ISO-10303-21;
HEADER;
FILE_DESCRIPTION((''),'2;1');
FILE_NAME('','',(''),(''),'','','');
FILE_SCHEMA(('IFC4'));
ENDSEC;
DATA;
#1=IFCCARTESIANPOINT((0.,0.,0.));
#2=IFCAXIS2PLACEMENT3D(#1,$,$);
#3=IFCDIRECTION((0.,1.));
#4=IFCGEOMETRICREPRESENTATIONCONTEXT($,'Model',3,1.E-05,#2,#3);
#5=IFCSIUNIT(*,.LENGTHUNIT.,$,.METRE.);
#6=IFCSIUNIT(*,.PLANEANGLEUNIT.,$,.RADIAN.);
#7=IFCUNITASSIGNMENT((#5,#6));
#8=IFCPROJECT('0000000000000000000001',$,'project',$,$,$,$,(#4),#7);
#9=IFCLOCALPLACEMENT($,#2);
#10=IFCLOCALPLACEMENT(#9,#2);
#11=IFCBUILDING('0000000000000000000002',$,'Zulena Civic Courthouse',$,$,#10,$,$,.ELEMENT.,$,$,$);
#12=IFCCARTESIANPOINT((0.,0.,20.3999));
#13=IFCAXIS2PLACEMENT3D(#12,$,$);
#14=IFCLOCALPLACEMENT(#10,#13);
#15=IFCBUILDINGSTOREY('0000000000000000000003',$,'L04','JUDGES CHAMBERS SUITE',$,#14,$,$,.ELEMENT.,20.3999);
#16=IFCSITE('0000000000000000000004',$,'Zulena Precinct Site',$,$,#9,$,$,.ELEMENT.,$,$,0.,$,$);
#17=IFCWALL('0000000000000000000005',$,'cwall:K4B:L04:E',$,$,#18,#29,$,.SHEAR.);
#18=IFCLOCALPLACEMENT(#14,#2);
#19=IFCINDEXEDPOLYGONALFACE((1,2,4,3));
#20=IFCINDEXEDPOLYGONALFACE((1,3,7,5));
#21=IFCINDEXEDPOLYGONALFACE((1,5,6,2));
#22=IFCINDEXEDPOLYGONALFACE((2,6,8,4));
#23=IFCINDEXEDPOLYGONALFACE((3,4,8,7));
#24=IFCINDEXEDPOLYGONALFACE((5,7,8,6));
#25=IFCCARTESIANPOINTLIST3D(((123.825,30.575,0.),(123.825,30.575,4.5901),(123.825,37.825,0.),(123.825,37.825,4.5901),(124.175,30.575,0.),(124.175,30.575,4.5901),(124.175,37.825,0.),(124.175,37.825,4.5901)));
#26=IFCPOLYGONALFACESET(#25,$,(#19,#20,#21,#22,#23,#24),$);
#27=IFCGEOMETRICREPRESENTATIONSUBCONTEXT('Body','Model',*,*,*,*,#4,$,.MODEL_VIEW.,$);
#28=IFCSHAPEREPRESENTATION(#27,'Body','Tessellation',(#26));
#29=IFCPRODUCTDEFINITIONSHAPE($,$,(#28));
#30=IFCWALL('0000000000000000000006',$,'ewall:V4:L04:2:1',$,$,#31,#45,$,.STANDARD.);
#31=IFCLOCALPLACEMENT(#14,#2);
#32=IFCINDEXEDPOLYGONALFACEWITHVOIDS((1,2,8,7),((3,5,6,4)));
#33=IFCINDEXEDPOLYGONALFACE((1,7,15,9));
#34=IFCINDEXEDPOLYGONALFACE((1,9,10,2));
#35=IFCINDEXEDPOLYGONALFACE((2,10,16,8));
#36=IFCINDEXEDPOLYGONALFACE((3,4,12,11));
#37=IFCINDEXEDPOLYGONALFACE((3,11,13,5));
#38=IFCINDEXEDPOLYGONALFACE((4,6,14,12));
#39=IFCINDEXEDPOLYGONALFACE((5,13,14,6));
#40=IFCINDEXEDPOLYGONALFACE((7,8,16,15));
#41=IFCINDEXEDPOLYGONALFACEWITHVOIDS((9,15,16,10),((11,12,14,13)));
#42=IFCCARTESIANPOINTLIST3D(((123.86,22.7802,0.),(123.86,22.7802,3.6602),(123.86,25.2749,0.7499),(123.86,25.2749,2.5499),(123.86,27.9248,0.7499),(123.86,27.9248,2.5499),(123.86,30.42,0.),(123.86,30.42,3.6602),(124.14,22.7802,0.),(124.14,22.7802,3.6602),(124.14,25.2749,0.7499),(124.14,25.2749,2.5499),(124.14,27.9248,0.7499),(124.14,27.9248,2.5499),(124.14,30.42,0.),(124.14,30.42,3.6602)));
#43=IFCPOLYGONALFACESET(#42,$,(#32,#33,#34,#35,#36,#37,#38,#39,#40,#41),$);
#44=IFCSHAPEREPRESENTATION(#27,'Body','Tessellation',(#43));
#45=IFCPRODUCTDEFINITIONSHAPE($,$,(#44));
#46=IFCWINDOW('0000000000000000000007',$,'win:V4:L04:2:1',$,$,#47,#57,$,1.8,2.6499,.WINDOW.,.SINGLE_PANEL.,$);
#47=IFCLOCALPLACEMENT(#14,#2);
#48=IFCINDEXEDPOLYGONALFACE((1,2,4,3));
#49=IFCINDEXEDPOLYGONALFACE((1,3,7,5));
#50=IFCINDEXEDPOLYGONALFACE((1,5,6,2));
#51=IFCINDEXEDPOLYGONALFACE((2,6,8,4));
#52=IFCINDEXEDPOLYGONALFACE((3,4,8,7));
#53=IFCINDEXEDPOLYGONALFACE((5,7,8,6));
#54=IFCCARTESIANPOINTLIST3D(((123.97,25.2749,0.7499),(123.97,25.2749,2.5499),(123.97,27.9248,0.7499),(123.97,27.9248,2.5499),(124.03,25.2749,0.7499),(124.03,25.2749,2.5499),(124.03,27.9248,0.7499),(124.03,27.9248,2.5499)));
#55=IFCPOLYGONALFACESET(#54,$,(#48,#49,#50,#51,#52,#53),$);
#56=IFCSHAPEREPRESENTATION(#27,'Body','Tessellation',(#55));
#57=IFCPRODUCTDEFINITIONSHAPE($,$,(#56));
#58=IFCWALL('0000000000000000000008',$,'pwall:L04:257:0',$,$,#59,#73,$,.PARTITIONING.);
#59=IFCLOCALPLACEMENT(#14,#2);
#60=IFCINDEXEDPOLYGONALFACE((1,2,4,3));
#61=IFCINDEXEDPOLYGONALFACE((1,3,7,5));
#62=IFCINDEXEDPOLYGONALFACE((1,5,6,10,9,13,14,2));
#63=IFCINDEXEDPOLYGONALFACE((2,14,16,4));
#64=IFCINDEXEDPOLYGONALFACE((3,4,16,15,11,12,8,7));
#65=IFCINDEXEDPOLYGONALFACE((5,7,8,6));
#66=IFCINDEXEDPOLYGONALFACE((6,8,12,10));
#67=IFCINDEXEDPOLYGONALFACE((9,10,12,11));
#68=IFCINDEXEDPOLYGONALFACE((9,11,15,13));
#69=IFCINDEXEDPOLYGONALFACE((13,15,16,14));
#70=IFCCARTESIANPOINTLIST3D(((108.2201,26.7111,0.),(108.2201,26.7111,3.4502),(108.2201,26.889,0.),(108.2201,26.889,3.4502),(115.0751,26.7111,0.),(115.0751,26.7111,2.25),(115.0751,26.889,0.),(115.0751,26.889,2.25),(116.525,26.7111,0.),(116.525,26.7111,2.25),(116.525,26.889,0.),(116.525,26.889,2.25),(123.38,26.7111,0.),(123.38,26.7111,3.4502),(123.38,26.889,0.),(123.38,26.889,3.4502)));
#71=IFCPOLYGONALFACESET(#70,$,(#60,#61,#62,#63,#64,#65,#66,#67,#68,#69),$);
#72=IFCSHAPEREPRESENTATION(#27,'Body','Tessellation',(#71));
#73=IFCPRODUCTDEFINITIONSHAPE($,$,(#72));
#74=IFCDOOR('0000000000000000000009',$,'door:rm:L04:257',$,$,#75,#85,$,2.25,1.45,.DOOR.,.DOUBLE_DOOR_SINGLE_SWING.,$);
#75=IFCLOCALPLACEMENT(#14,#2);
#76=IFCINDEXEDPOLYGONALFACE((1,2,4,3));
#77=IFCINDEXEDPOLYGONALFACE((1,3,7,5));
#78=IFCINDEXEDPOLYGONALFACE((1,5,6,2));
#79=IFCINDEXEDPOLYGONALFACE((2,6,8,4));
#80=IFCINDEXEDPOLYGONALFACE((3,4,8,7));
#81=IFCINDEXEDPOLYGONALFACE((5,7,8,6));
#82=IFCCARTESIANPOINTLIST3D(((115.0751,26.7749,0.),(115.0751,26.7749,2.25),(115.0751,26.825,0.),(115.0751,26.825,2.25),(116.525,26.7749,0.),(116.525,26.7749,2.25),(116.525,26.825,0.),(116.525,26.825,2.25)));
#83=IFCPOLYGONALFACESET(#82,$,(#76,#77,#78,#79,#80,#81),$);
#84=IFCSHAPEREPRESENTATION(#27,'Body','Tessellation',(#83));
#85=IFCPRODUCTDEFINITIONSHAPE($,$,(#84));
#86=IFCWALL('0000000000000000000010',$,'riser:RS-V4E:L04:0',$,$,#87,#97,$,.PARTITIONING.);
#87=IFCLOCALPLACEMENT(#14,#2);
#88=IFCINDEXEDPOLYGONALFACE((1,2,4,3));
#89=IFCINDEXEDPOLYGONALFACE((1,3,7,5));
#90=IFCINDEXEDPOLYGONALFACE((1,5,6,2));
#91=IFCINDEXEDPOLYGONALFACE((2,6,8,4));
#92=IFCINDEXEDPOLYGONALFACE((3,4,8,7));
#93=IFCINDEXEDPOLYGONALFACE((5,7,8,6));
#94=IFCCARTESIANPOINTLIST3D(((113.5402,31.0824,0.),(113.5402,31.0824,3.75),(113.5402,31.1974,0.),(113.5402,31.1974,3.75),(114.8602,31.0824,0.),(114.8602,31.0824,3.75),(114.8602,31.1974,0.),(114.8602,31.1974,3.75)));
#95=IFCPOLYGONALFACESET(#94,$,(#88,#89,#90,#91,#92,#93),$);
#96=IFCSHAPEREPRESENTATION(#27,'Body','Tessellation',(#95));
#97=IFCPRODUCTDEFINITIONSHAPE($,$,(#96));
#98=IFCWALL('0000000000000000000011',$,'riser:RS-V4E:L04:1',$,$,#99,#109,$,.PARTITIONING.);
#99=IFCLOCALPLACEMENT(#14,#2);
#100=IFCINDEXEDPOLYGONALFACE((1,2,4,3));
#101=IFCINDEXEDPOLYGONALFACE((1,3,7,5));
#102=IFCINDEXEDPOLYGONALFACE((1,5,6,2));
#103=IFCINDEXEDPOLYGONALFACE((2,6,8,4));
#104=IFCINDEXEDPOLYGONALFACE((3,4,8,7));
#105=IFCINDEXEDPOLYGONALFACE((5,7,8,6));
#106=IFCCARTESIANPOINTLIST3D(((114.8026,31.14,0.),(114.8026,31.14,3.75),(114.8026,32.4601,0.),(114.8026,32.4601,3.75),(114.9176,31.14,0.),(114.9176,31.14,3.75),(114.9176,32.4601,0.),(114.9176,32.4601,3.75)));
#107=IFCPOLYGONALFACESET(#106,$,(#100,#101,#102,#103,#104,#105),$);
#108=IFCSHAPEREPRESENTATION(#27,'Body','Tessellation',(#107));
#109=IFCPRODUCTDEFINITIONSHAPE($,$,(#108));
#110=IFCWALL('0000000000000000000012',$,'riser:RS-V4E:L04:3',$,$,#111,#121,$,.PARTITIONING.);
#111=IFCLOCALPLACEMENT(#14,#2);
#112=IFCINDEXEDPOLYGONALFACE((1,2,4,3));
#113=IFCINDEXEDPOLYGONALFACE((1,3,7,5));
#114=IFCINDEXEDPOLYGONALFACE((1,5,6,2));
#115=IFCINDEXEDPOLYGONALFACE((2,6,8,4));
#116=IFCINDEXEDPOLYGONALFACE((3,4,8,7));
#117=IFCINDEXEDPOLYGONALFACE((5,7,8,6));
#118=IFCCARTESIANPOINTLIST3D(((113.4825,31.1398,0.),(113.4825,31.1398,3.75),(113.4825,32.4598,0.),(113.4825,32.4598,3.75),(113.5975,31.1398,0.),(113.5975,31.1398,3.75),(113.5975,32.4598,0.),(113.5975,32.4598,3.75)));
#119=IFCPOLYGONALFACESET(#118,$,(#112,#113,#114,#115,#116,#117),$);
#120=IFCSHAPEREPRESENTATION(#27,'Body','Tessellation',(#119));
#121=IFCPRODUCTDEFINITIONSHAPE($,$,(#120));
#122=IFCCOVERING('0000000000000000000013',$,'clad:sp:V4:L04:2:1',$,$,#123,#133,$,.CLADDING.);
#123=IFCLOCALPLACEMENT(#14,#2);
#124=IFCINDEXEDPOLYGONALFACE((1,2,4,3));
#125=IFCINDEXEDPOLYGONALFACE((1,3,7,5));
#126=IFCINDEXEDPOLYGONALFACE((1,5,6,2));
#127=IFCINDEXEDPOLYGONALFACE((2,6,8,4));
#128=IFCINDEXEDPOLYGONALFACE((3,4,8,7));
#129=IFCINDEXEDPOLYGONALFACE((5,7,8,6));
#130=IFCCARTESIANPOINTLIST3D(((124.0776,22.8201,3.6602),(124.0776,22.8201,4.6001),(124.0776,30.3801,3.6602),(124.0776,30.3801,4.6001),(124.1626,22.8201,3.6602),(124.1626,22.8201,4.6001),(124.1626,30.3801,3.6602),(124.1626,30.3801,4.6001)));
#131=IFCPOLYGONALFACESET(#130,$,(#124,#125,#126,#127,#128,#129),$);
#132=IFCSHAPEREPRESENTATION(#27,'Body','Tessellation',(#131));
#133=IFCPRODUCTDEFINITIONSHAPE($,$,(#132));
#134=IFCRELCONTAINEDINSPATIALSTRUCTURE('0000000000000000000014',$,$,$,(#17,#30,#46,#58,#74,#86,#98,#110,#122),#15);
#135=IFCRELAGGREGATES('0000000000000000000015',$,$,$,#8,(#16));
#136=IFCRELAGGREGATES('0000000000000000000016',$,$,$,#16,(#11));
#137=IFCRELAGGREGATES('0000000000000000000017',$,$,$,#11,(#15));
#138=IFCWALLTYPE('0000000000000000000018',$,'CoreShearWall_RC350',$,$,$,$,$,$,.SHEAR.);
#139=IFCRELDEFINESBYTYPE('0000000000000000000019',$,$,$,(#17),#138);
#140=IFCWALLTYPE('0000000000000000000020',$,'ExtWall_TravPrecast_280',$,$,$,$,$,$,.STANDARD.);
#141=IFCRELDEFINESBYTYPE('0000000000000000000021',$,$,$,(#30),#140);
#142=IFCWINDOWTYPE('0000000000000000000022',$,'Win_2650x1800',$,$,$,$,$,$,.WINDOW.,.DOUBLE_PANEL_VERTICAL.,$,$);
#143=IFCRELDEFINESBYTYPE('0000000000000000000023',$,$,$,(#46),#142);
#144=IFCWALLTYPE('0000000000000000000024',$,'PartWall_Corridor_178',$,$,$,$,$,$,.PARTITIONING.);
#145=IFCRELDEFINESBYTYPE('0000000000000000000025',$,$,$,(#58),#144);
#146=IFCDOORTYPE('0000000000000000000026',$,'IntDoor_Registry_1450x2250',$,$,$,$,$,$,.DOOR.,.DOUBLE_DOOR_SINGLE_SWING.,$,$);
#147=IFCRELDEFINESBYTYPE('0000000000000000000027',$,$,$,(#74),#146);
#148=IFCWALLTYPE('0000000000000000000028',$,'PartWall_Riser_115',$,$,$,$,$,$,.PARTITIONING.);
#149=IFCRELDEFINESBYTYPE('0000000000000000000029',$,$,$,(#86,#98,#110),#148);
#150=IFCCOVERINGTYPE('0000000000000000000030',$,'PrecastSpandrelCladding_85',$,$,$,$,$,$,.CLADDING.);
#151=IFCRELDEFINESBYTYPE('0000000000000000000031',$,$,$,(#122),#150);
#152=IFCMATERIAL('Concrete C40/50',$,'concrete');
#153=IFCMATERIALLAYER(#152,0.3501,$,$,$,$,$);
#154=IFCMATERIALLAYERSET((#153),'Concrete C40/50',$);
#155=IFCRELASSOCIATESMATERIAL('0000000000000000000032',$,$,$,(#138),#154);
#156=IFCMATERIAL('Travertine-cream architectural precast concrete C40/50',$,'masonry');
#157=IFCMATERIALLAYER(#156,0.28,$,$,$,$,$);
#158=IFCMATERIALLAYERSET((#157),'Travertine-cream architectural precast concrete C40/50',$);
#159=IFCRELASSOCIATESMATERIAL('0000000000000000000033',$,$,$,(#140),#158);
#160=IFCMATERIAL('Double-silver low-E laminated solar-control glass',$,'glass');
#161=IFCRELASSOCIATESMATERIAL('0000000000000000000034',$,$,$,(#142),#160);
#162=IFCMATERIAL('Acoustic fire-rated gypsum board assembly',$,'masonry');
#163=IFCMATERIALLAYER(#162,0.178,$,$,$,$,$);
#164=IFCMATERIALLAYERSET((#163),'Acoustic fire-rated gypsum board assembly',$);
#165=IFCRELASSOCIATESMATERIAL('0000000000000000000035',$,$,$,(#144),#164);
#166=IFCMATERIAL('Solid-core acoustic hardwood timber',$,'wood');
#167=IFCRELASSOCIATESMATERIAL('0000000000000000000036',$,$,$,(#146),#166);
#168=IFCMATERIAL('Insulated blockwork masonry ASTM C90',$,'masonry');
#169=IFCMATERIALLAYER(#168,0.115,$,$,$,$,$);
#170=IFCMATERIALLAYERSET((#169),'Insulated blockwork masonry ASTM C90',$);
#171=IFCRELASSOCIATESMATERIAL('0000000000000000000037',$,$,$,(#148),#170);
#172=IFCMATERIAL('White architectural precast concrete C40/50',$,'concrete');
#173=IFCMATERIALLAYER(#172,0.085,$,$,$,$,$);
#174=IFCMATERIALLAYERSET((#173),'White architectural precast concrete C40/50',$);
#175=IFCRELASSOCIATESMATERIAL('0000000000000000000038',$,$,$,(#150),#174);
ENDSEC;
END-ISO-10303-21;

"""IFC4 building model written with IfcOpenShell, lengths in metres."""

from ifc_helpers import new_model, si_unit, direction, frame, frame_2d, origin, origin_2d, place, context, subcontext, project, spatial, rectangle, extrude, material, layer, layer_set, type_object, element, fill, save


model = new_model("IFC4")

# Units and contexts
model_context = context("Model", 3, precision=1e-05, world=origin(), true_north=direction((0.0, 1.0)))
body_context = subcontext(model_context, "Body", "Model", "MODEL_VIEW")
ifc_project = project(units=[si_unit("LENGTHUNIT", "METRE"), si_unit("PLANEANGLEUNIT", "RADIAN")], contexts=[model_context])

# Site, building, storey
site_placement = place(None, origin())
site = spatial("IfcSite", under=ifc_project, at=site_placement, Name="Zulena Precinct Site", CompositionType="ELEMENT", RefElevation=0.0)
building_placement = place(site_placement, origin())
building = spatial("IfcBuilding", under=site, at=building_placement, Name="Zulena Civic Courthouse", CompositionType="ELEMENT")
storey_placement = place(building_placement, frame((0.0, 0.0, 20.3999)))
storey = spatial("IfcBuildingStorey", under=building, at=storey_placement, Name="L04", Description="JUDGES CHAMBERS SUITE", CompositionType="ELEMENT", Elevation=20.3999)

# Shared definitions
ifc_material_1 = material(Name="Concrete C40/50", Category="concrete")

# Shared definitions
ifc_layer_1 = layer(ifc_material_1, 0.3501)
ifc_layer_set_1 = layer_set([ifc_layer_1], Name="Concrete C40/50")
wall_type_1 = type_object("IfcWallType", Name="CoreShearWall_RC350", PredefinedType="SHEAR", material=ifc_layer_set_1)

# Shared definitions
ifc_material_2 = material(Name="Solid-core acoustic hardwood timber", Category="wood")

# Wall
for number, where, z_axis, x_axis, name in (
    (1, (124.0, 30.575, 0.0), (0.0, 0.0, 1.0), (0.0, 1.0, 0.0), "cwall:K4B:L04:E"),
):
    element("IfcWall", number, at=place(storey_placement, frame(where, z_axis=z_axis, x_axis=x_axis)), inside=storey, type_object=wall_type_1, Name=name, PredefinedType="SHEAR", context=body_context, shape_type="SweptSolid", body=[
        extrude(rectangle(XDim=7.25, YDim=0.3501, at=frame_2d((3.625, 0.0))), origin(), (0.0, 0.0, 1.0), 4.5901),
    ])

# Wall, opening, window
ifc_material_3 = material(Name="Travertine-cream architectural precast concrete C40/50", Category="masonry")
ifc_layer_2 = layer(ifc_material_3, 0.28)
ifc_layer_set_2 = layer_set([ifc_layer_2], Name="Travertine-cream architectural precast concrete C40/50")
wall_type_2 = type_object("IfcWallType", Name="ExtWall_TravPrecast_280", PredefinedType="STANDARD", material=ifc_layer_set_2)
wall_1_placement = place(storey_placement, frame((124.0, 30.4199, 0.0), z_axis=(0.0, 0.0, 1.0), x_axis=(0.0, -1.0, 0.0)))
wall_1 = element("IfcWall", 2, at=wall_1_placement, inside=storey, type_object=wall_type_2, Name="ewall:V4:L04:2:1", PredefinedType="STANDARD", context=body_context, shape_type="SweptSolid", body=[
    extrude(rectangle(XDim=7.6399, YDim=0.28, at=frame_2d((3.8198, 0.0))), origin(), (0.0, 0.0, 1.0), 3.6602),
])
opening_1_placement = place(wall_1_placement, frame((2.4951, 0.0, 0.75)))
opening_1 = element("IfcOpeningElement", 3, at=opening_1_placement, cuts=wall_1, PredefinedType="OPENING", context=body_context, shape_type="SweptSolid", body=[
    extrude(rectangle(XDim=2.6499, YDim=1.8, at=frame_2d((1.325, 0.8999))), frame((0.0, 0.1499, 0.0), z_axis=(0.0, -1.0, 0.0), x_axis=(1.0, 0.0, 0.0)), (0.0, 0.0, 1.0), 0.3),
])
ifc_material_4 = material(Name="Double-silver low-E laminated solar-control glass", Category="glass")
window_type = type_object("IfcWindowType", Name="Win_2650x1800", PartitioningType="DOUBLE_PANEL_VERTICAL", PredefinedType="WINDOW", material=ifc_material_4)
window_placement = place(opening_1_placement, origin())
window = element("IfcWindow", 4, at=window_placement, inside=storey, type_object=window_type, Name="win:V4:L04:2:1", OverallHeight=1.8, OverallWidth=2.6499, PartitioningType="SINGLE_PANEL", PredefinedType="WINDOW", context=body_context, shape_type="SweptSolid", body=[
    extrude(rectangle(XDim=2.6499, YDim=1.8, at=frame_2d((1.325, 0.8999))), frame((0.0, 0.03, 0.0), z_axis=(0.0, -1.0, 0.0), x_axis=(1.0, 0.0, 0.0)), (0.0, 0.0, 1.0), 0.0601),
])
fill(opening_1, window)

# Wall, opening, door
ifc_material_5 = material(Name="Acoustic fire-rated gypsum board assembly", Category="masonry")
ifc_layer_3 = layer(ifc_material_5, 0.178)
ifc_layer_set_3 = layer_set([ifc_layer_3], Name="Acoustic fire-rated gypsum board assembly")
wall_type_3 = type_object("IfcWallType", Name="PartWall_Corridor_178", PredefinedType="PARTITIONING", material=ifc_layer_set_3)
wall_2_placement = place(storey_placement, frame((108.22, 26.8, 0.0), z_axis=(0.0, 0.0, 1.0), x_axis=(1.0, 0.0, 0.0)))
wall_2 = element("IfcWall", 5, at=wall_2_placement, inside=storey, type_object=wall_type_3, Name="pwall:L04:257:0", PredefinedType="PARTITIONING", context=body_context, shape_type="SweptSolid", body=[
    extrude(rectangle(XDim=15.1599, YDim=0.178, at=frame_2d((7.5801, 0.0))), origin(), (0.0, 0.0, 1.0), 3.4502),
])
opening_2_placement = place(wall_2_placement, frame((6.855, 0.0, 0.0)))
opening_2 = element("IfcOpeningElement", 6, at=opening_2_placement, cuts=wall_2, PredefinedType="OPENING", context=body_context, shape_type="SweptSolid", body=[
    extrude(rectangle(XDim=1.45, YDim=2.25, at=frame_2d((0.7251, 1.125))), frame((0.0, 0.0989, 0.0), z_axis=(0.0, -1.0, 0.0), x_axis=(1.0, 0.0, 0.0)), (0.0, 0.0, 1.0), 0.198),
])
door_type_1 = type_object("IfcDoorType", Name="IntDoor_Registry_1450x2250", OperationType="DOUBLE_DOOR_SINGLE_SWING", PredefinedType="DOOR", material=ifc_material_2)
door_1_placement = place(opening_2_placement, origin())
door_1 = element("IfcDoor", 7, at=door_1_placement, inside=storey, type_object=door_type_1, Name="door:rm:L04:257", OperationType="DOUBLE_DOOR_SINGLE_SWING", OverallHeight=2.25, OverallWidth=1.45, PredefinedType="DOOR", context=body_context, shape_type="SweptSolid", body=[
    extrude(rectangle(XDim=1.45, YDim=2.25, at=frame_2d((0.7251, 1.125))), frame((0.0, 0.0249, 0.0), z_axis=(0.0, -1.0, 0.0), x_axis=(1.0, 0.0, 0.0)), (0.0, 0.0, 1.0), 0.05),
])
fill(opening_2, door_1)

# Walls
ifc_material_6 = material(Name="Insulated blockwork masonry ASTM C90", Category="masonry")
ifc_layer_4 = layer(ifc_material_6, 0.115)
ifc_layer_set_4 = layer_set([ifc_layer_4], Name="Insulated blockwork masonry ASTM C90")
wall_type_4 = type_object("IfcWallType", Name="PartWall_Riser_115", PredefinedType="PARTITIONING", material=ifc_layer_set_4)
for number, where, z_axis, x_axis, name in (
    (8, (113.54, 31.1399, 0.0), (0.0, 0.0, 1.0), (1.0, 0.0, 0.0), "riser:RS-V4E:L04:0"),
    (9, (114.8601, 31.1399, 0.0), (0.0, 0.0, 1.0), (0.0, 1.0, 0.0), "riser:RS-V4E:L04:1"),
    (10, (113.54, 32.46, 0.0), (0.0, 0.0, 1.0), (0.0, -1.0, 0.0), "riser:RS-V4E:L04:3"),
):
    element("IfcWall", number, at=place(storey_placement, frame(where, z_axis=z_axis, x_axis=x_axis)), inside=storey, type_object=wall_type_4, Name=name, PredefinedType="PARTITIONING", context=body_context, shape_type="SweptSolid", body=[
        extrude(rectangle(XDim=1.3201, YDim=0.115, at=frame_2d((0.6602, 0.0))), origin(), (0.0, 0.0, 1.0), 3.75),
    ])

# Covering
ifc_material_7 = material(Name="White architectural precast concrete C40/50", Category="concrete")
ifc_layer_5 = layer(ifc_material_7, 0.085)
ifc_layer_set_5 = layer_set([ifc_layer_5], Name="White architectural precast concrete C40/50")
covering_type = type_object("IfcCoveringType", Name="PrecastSpandrelCladding_85", PredefinedType="CLADDING", material=ifc_layer_set_5)
covering_placement = place(storey_placement, frame((124.1201, 26.6001, 3.6602), z_axis=(0.0, 0.0, 1.0), x_axis=(0.0, -1.0, 0.0)))
element("IfcCovering", 11, at=covering_placement, inside=storey, type_object=covering_type, Name="clad:sp:V4:L04:2:1", PredefinedType="CLADDING", context=body_context, shape_type="SweptSolid", body=[
    extrude(rectangle(XDim=7.5601, YDim=0.085, at=origin_2d()), origin(), (0.0, 0.0, 1.0), 0.9399),
])

save(model, "model.ifc")
